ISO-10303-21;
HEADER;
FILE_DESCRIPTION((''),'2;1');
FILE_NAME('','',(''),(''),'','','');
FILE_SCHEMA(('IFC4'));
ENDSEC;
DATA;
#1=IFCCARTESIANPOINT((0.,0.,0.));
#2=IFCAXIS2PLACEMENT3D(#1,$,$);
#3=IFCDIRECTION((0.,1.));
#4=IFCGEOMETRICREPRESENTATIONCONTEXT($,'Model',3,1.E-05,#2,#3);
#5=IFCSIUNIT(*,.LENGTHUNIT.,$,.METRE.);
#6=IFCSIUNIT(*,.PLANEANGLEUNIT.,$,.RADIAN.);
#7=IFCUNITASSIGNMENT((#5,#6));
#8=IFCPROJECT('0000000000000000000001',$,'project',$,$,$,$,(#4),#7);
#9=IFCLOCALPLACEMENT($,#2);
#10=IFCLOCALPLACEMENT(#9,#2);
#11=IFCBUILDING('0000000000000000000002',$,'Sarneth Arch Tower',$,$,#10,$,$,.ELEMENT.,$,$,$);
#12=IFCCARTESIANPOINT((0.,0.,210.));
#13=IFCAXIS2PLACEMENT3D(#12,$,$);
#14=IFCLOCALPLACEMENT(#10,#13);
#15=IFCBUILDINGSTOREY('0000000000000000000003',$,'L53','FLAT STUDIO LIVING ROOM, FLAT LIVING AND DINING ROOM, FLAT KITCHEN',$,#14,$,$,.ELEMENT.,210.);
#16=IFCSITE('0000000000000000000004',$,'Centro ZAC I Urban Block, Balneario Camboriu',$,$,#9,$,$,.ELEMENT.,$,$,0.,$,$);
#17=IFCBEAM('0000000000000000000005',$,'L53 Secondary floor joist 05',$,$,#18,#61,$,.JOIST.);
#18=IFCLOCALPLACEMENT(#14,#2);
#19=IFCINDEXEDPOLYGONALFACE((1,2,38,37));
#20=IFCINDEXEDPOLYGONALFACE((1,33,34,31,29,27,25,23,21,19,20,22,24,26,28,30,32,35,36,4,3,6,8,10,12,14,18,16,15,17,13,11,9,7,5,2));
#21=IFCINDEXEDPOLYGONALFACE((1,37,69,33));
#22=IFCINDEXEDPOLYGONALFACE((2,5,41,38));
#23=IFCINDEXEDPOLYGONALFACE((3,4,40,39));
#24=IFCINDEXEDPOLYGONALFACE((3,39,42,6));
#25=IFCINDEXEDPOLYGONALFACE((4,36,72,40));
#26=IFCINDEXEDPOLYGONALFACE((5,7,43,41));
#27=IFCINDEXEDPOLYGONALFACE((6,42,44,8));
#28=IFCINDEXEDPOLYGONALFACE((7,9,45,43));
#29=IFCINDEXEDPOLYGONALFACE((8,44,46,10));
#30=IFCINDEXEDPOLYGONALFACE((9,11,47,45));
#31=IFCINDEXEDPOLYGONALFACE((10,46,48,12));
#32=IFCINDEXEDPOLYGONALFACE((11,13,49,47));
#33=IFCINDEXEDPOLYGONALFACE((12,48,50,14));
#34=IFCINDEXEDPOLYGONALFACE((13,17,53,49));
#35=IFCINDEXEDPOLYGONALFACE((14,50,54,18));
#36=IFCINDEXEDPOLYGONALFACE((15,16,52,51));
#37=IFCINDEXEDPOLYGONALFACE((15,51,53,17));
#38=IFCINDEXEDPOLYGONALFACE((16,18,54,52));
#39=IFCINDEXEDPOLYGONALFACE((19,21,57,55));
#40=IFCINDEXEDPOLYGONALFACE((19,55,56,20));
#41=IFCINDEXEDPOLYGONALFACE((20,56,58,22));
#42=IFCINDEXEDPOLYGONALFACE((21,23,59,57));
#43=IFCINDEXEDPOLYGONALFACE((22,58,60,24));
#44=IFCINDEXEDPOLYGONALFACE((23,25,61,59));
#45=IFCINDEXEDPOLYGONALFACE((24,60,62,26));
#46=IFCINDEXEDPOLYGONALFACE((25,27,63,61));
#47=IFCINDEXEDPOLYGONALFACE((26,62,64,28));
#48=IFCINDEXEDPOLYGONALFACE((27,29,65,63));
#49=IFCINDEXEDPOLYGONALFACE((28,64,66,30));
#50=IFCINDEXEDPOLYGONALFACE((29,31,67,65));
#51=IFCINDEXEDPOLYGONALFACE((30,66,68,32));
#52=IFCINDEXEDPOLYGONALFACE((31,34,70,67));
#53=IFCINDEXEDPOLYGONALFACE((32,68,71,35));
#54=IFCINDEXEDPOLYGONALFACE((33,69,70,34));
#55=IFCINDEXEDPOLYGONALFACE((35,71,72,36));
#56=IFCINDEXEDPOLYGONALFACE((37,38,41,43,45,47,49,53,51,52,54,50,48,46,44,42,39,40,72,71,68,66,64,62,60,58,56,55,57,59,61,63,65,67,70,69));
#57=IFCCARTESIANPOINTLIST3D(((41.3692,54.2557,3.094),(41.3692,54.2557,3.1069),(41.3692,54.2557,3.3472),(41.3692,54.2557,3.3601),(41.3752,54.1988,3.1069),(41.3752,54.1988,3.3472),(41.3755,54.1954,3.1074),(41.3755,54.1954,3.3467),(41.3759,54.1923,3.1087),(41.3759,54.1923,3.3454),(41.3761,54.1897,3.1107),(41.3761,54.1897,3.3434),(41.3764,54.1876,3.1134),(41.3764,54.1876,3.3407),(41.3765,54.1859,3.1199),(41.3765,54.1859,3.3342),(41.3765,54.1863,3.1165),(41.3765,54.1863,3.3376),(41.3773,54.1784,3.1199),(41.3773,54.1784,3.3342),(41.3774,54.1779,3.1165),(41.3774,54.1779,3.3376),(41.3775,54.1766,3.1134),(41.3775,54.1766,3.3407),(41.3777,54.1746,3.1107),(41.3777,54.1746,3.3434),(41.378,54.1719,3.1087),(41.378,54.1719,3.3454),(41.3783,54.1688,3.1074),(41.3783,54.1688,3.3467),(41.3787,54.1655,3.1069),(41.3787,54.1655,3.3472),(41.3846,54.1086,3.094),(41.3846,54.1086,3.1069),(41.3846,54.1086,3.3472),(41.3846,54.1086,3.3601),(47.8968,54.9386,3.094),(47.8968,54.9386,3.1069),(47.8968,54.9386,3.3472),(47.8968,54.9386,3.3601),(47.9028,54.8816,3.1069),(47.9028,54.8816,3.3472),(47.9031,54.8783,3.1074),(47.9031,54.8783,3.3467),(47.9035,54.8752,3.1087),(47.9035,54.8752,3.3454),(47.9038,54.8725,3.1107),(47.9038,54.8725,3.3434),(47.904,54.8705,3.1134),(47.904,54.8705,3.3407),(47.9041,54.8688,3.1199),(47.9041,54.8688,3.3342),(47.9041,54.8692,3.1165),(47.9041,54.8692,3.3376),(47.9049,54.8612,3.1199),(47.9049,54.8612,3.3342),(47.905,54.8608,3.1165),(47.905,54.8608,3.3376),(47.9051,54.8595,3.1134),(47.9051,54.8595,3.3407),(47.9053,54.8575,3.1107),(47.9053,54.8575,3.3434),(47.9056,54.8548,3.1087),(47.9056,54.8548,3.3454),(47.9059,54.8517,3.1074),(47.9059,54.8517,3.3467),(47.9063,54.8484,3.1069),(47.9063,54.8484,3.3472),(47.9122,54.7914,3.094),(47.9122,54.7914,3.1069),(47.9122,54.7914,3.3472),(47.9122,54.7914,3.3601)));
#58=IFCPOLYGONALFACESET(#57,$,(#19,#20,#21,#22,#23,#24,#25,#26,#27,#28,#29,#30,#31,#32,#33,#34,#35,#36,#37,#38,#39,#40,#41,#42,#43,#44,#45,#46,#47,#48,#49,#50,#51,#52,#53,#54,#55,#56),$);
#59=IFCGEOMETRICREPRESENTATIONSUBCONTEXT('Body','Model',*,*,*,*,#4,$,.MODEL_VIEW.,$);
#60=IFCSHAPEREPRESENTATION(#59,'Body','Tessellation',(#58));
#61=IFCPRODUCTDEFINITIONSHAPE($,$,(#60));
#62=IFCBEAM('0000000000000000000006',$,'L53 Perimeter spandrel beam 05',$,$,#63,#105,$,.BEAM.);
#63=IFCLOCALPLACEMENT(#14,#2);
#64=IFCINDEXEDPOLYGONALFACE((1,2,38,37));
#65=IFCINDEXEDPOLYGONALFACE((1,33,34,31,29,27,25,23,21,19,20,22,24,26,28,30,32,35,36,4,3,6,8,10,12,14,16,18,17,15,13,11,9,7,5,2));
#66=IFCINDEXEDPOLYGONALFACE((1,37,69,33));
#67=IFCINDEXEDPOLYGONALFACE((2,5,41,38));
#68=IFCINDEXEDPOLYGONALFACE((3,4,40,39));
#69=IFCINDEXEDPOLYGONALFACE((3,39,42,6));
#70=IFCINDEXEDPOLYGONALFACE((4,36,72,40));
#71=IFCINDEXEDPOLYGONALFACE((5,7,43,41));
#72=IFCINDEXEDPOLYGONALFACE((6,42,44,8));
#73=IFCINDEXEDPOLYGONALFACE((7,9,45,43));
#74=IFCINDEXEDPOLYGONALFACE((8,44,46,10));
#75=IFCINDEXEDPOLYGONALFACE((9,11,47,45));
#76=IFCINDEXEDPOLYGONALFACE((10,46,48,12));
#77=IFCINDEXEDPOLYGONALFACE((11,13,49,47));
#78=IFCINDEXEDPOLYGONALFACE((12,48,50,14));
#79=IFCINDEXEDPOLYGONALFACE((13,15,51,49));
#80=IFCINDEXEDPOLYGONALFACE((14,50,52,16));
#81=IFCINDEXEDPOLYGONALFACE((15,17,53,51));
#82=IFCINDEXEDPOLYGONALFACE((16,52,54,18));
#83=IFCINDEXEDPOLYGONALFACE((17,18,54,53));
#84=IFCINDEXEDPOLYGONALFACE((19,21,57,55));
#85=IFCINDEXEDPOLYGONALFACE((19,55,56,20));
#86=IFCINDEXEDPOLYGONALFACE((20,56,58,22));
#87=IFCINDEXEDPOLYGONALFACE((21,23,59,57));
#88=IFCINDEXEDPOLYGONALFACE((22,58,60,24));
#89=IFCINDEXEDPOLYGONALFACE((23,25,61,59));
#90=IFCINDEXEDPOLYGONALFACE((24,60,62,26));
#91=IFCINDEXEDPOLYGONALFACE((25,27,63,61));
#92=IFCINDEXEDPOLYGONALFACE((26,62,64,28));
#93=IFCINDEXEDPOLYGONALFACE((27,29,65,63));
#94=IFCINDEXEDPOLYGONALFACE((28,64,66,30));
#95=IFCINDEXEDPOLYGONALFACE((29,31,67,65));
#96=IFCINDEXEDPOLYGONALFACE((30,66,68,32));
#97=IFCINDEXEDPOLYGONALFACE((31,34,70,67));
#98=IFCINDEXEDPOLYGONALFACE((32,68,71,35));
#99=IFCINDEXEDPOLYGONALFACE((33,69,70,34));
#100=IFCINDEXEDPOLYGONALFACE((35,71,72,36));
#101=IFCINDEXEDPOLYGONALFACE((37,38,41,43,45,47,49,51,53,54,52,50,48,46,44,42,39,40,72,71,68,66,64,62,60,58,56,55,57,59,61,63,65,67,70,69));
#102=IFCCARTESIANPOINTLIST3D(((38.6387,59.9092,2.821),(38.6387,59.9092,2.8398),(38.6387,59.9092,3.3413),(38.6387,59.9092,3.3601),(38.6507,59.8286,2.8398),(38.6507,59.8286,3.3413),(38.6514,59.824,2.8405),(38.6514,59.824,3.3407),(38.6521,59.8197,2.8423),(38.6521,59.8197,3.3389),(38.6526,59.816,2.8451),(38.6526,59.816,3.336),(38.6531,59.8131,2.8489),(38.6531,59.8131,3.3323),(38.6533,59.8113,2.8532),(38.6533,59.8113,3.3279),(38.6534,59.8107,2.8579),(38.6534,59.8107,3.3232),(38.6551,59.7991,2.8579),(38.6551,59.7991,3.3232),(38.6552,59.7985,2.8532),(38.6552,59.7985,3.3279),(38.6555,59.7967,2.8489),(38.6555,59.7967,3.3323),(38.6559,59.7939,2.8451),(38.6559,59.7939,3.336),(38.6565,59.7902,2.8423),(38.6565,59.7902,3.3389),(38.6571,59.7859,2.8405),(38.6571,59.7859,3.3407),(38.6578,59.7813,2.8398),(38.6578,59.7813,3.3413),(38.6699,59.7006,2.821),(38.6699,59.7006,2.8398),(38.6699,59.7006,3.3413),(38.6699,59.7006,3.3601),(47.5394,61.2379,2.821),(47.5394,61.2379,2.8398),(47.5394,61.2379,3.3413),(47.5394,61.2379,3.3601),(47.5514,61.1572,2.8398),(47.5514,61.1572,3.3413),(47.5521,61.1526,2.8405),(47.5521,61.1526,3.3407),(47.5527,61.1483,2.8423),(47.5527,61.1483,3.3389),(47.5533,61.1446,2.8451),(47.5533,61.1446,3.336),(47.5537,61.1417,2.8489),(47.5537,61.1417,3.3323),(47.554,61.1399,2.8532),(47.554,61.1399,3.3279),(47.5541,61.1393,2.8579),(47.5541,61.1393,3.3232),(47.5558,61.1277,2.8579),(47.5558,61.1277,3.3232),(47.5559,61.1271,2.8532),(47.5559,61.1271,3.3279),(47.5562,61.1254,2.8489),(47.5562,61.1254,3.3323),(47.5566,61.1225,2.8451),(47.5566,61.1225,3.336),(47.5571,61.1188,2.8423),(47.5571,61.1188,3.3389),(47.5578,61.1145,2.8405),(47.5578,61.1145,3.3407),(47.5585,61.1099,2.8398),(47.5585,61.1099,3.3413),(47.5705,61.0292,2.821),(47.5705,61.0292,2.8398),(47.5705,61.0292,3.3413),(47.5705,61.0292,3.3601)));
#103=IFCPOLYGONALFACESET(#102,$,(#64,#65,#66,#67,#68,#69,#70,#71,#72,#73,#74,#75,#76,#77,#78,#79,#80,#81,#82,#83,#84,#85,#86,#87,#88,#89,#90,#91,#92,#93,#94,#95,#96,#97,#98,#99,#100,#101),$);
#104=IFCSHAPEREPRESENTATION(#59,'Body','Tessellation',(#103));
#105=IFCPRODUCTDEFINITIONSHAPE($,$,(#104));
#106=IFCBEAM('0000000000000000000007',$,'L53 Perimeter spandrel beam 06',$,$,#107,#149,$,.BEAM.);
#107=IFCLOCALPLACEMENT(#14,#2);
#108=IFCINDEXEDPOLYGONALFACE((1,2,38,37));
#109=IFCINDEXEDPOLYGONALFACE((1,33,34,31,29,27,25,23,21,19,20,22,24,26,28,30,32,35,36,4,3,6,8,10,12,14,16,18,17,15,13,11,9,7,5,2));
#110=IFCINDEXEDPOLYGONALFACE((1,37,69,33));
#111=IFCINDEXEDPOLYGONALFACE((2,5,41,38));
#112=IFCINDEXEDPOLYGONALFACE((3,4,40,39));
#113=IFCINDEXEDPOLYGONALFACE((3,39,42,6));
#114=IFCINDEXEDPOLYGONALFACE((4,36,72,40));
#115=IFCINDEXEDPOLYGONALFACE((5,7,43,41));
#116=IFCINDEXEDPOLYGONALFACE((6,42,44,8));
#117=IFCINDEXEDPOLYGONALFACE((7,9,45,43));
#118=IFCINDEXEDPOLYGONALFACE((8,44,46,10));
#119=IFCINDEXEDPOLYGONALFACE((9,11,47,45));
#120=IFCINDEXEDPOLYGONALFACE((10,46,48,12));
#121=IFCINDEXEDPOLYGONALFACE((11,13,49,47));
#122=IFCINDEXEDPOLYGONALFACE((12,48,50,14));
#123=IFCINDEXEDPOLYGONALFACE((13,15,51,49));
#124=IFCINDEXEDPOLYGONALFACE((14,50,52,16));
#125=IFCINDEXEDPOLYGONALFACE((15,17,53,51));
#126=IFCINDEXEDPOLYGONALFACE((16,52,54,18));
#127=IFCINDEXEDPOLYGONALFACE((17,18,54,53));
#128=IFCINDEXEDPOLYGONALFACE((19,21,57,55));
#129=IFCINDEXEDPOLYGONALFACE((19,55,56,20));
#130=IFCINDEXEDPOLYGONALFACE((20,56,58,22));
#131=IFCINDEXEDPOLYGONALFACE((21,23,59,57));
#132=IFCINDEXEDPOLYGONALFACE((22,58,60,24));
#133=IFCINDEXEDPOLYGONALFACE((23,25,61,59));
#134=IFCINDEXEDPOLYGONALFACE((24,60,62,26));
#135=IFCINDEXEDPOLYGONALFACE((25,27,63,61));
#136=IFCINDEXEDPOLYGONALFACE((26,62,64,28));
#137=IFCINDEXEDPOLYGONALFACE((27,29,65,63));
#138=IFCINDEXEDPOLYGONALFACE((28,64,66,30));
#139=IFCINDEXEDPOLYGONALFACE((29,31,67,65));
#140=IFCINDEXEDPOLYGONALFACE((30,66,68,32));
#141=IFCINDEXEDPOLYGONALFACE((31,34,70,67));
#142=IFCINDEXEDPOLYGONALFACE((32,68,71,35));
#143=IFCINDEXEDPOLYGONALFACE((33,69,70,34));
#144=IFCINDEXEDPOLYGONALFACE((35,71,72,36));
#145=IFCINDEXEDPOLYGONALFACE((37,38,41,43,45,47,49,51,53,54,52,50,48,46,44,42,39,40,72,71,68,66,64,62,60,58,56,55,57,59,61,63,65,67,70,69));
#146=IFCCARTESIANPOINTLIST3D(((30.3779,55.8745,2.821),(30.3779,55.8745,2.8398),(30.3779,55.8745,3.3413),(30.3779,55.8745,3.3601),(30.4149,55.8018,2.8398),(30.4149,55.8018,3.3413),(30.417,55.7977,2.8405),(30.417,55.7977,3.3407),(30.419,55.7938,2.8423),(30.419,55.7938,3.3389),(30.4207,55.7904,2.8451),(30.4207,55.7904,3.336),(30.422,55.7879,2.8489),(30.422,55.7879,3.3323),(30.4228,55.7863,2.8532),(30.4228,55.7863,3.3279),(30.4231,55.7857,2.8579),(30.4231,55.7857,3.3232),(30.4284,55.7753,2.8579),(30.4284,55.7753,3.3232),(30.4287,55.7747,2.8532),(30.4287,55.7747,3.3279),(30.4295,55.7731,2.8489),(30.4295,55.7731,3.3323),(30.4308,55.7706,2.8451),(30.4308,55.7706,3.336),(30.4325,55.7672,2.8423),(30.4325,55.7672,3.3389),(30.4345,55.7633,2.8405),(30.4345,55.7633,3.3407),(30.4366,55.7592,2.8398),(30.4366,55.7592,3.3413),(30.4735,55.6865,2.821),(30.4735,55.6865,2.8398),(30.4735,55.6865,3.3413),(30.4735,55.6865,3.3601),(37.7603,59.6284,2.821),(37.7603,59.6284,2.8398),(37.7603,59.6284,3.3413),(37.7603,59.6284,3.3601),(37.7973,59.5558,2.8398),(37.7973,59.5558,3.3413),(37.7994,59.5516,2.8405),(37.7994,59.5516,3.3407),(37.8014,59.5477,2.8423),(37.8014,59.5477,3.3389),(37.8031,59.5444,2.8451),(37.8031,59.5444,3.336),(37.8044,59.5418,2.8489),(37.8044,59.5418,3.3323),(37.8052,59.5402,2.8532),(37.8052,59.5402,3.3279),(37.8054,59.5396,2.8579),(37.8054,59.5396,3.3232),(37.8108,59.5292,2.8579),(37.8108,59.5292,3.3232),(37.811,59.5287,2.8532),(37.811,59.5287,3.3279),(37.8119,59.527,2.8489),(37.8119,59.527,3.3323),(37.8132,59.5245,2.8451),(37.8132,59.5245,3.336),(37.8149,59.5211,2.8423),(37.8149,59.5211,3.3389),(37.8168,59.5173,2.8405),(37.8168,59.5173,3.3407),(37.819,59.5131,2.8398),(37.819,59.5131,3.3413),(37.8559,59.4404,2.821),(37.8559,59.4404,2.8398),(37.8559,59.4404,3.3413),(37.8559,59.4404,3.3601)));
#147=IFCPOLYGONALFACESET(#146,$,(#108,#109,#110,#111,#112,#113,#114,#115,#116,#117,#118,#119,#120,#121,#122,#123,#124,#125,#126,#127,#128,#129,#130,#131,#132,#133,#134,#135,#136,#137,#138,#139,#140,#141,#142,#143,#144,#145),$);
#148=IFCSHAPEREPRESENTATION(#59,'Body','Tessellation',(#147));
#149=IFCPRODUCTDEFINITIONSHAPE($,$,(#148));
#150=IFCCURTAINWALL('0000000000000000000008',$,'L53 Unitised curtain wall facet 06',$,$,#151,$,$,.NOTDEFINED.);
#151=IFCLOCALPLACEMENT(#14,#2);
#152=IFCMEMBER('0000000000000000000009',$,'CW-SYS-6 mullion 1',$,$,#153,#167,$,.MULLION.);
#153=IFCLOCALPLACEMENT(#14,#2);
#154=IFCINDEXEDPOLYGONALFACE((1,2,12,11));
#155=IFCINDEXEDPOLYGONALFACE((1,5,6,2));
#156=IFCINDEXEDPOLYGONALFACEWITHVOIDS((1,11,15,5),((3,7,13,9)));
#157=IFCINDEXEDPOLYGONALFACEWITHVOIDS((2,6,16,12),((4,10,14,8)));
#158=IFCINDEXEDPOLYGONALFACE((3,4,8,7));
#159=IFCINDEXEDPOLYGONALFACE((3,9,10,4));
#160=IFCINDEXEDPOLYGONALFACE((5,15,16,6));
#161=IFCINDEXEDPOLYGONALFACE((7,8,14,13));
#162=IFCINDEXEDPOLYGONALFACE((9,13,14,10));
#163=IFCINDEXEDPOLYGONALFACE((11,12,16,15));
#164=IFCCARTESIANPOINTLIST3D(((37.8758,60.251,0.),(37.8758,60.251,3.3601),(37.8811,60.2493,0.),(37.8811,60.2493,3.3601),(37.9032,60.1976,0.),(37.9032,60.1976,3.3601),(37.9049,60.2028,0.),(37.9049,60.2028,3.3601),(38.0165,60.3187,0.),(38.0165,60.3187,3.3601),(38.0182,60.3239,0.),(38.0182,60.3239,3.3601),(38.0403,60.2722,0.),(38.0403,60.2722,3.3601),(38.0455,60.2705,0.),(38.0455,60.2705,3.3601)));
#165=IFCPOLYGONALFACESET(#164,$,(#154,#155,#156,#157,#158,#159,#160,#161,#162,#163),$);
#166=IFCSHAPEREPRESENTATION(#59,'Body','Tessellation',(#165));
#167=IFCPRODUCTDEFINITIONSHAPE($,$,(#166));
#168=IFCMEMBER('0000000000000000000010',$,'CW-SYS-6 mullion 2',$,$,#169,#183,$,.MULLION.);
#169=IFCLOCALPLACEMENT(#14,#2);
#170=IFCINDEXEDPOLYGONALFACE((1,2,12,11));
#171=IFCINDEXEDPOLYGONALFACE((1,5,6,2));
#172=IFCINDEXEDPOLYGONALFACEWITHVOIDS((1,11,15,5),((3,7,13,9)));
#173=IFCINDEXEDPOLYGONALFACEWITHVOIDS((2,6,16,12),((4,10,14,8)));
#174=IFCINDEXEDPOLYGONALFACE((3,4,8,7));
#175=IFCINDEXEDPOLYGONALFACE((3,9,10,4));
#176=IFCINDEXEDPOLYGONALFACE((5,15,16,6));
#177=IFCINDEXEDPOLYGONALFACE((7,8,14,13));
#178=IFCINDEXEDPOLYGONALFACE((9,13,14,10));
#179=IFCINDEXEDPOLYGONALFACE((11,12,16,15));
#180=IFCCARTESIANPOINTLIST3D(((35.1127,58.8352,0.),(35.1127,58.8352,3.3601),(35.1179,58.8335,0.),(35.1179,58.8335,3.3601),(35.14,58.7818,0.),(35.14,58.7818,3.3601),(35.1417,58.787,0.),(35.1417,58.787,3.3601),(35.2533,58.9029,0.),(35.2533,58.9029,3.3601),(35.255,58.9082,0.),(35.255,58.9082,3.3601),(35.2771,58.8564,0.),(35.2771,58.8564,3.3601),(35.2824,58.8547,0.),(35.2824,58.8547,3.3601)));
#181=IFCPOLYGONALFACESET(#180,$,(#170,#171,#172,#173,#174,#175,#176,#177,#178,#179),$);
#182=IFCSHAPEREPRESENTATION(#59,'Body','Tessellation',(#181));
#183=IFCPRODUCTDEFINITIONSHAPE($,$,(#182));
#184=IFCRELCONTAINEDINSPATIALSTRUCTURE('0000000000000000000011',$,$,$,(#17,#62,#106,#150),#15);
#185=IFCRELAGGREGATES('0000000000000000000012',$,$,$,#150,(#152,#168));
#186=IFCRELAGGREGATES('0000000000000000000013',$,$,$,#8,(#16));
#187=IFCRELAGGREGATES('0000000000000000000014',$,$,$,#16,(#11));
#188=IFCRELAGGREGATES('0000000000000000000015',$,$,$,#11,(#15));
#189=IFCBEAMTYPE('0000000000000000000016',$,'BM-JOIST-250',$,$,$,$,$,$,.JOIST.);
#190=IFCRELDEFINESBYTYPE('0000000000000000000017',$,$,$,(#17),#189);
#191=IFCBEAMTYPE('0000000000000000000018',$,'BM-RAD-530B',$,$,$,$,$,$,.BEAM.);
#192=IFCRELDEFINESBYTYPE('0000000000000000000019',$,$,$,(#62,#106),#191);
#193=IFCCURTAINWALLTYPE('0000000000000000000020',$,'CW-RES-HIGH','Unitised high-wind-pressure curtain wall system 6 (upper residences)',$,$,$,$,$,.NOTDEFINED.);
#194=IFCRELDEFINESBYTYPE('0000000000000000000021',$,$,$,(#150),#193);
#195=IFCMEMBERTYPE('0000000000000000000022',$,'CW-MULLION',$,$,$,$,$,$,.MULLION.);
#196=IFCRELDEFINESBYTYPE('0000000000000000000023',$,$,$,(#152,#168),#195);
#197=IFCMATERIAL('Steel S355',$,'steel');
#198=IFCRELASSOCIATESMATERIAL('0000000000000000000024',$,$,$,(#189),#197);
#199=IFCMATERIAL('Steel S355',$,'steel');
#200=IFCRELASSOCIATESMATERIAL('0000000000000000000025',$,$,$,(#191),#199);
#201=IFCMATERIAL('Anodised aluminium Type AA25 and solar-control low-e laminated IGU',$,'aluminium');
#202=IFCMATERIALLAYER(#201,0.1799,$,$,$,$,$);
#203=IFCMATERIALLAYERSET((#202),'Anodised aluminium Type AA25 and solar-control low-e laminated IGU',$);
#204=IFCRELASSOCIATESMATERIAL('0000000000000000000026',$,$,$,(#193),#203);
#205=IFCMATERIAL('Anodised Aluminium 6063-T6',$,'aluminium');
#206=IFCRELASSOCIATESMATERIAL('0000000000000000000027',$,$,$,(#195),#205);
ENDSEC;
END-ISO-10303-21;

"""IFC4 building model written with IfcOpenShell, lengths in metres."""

from ifc_helpers import new_model, si_unit, direction, frame, origin, origin_2d, place, context, subcontext, project, spatial, hollow_rectangle, i_section, extrude, material, layer, layer_set, material_profile, profile_set, type_object, element, aggregate, save


model = new_model("IFC4")

# Units and contexts
model_context = context("Model", 3, precision=1e-05, world=origin(), true_north=direction((0.0, 1.0)))
body_context = subcontext(model_context, "Body", "Model", "MODEL_VIEW")
ifc_project = project(units=[si_unit("LENGTHUNIT", "METRE"), si_unit("PLANEANGLEUNIT", "RADIAN")], contexts=[model_context])

# Site, building, storey
site_placement = place(None, origin())
site = spatial("IfcSite", under=ifc_project, at=site_placement, Name="Centro ZAC I Urban Block, Balneario Camboriu", CompositionType="ELEMENT", RefElevation=0.0)
building_placement = place(site_placement, origin())
building = spatial("IfcBuilding", under=site, at=building_placement, Name="Sarneth Arch Tower", CompositionType="ELEMENT")
storey_placement = place(building_placement, frame((0.0, 0.0, 210.0)))
storey = spatial("IfcBuildingStorey", under=building, at=storey_placement, Name="L53", Description="FLAT STUDIO LIVING ROOM, FLAT LIVING AND DINING ROOM, FLAT KITCHEN", CompositionType="ELEMENT", Elevation=210.0)

# Beams
ifc_material_1 = material(Name="Steel S355", Category="steel")
ifc_material_profile_1 = material_profile(ifc_material_1, i_section(OverallWidth=0.1479, OverallDepth=0.2661, WebThickness=0.0076, FlangeThickness=0.0129, FilletRadius=0.0129, at=origin_2d()), Name="W250x44.8")
ifc_profile_set_1 = profile_set([ifc_material_profile_1], Name="Steel S355")
beam_type_1 = type_object("IfcBeamType", Name="BM-JOIST-250", PredefinedType="JOIST", material=ifc_profile_set_1)
beam_1_placement = place(storey_placement, frame((47.9045, 54.865, 3.2271), z_axis=(-0.994573, -0.104044, 0.0), x_axis=(0.104044, -0.994573, 0.0)))
element("IfcBeam", 1, at=beam_1_placement, inside=storey, type_object=beam_type_1, Name="L53 Secondary floor joist 05", PredefinedType="JOIST", context=body_context, shape_type="SweptSolid", body=[
    extrude(i_section(OverallWidth=0.1479, OverallDepth=0.2661, WebThickness=0.0076, FlangeThickness=0.0129, FilletRadius=0.0129, at=origin_2d()), origin(), (0.0, 0.0, 1.0), 6.5632),
])
ifc_material_2 = material(Name="Steel S355", Category="steel")
ifc_material_profile_2 = material_profile(ifc_material_2, i_section(OverallWidth=0.2109, OverallDepth=0.5391, WebThickness=0.0117, FlangeThickness=0.0188, FilletRadius=0.0181, at=origin_2d()), Name="W530x109")
ifc_profile_set_2 = profile_set([ifc_material_profile_2], Name="Steel S355")
beam_type_2 = type_object("IfcBeamType", Name="BM-RAD-530B", PredefinedType="BEAM", material=ifc_profile_set_2)
beam_2_placement = place(storey_placement, frame((47.5549, 61.1335, 3.0906), z_axis=(-0.989042, -0.147636, 0.0), x_axis=(0.147636, -0.989042, 0.0)))
element("IfcBeam", 2, at=beam_2_placement, inside=storey, type_object=beam_type_2, Name="L53 Perimeter spandrel beam 05", PredefinedType="BEAM", context=body_context, shape_type="SweptSolid", body=[
    extrude(i_section(OverallWidth=0.2109, OverallDepth=0.5391, WebThickness=0.0117, FlangeThickness=0.0188, FilletRadius=0.0181, at=origin_2d()), origin(), (0.0, 0.0, 1.0), 8.9993),
])
beam_3_placement = place(storey_placement, frame((37.8081, 59.5344, 3.0906), z_axis=(-0.891376, -0.453264, 0.0), x_axis=(0.453264, -0.891376, 0.0)))
element("IfcBeam", 3, at=beam_3_placement, inside=storey, type_object=beam_type_2, Name="L53 Perimeter spandrel beam 06", PredefinedType="BEAM", context=body_context, shape_type="SweptSolid", body=[
    extrude(i_section(OverallWidth=0.2109, OverallDepth=0.5391, WebThickness=0.0117, FlangeThickness=0.0188, FilletRadius=0.0181, at=origin_2d()), origin(), (0.0, 0.0, 1.0), 8.282),
])

# Curtain wall, members
ifc_material_3 = material(Name="Anodised aluminium Type AA25 and solar-control low-e laminated IGU", Category="aluminium")
ifc_layer_1 = layer(ifc_material_3, 0.1799)
ifc_layer_set_1 = layer_set([ifc_layer_1], Name="Anodised aluminium Type AA25 and solar-control low-e laminated IGU")
curtain_wall_type = type_object("IfcCurtainWallType", Name="CW-RES-HIGH", Description="Unitised high-wind-pressure curtain wall system 6 (upper residences)", PredefinedType="NOTDEFINED", material=ifc_layer_set_1)
curtain_wall_placement = place(storey_placement, origin())
curtain_wall = element("IfcCurtainWall", 4, at=curtain_wall_placement, inside=storey, type_object=curtain_wall_type, Name="L53 Unitised curtain wall facet 06", PredefinedType="NOTDEFINED")
ifc_material_4 = material(Name="Anodised Aluminium 6063-T6", Category="aluminium")
ifc_material_profile_3 = material_profile(ifc_material_4, hollow_rectangle(XDim=0.0601, YDim=0.1599, WallThickness=0.0039, at=origin_2d()), Name="AL-MULL-160x60x4")
ifc_profile_set_3 = profile_set([ifc_material_profile_3], Name="Anodised Aluminium 6063-T6")
member_type_1 = type_object("IfcMemberType", Name="CW-MULLION", PredefinedType="MULLION", material=ifc_profile_set_3)
member_1_placement = place(storey_placement, frame((37.9607, 60.2607, 0.0), z_axis=(0.0, 0.0, 1.0), x_axis=(0.455942, -0.89001, 0.0)))
member_1 = element("IfcMember", 5, at=member_1_placement, type_object=member_type_1, Name="CW-SYS-6 mullion 1", PredefinedType="MULLION", context=body_context, shape_type="SweptSolid", body=[
    extrude(hollow_rectangle(XDim=0.0601, YDim=0.1599, WallThickness=0.0039, at=origin_2d()), origin(), (0.0, 0.0, 1.0), 3.3601),
])
member_2_placement = place(storey_placement, frame((35.1975, 58.845, 0.0), z_axis=(0.0, 0.0, 1.0), x_axis=(0.455942, -0.89001, 0.0)))
member_2 = element("IfcMember", 6, at=member_2_placement, type_object=member_type_1, Name="CW-SYS-6 mullion 2", PredefinedType="MULLION", context=body_context, shape_type="SweptSolid", body=[
    extrude(hollow_rectangle(XDim=0.0601, YDim=0.1599, WallThickness=0.0039, at=origin_2d()), origin(), (0.0, 0.0, 1.0), 3.3601),
])
aggregate(curtain_wall, [member_1, member_2])

save(model, "model.ifc")
